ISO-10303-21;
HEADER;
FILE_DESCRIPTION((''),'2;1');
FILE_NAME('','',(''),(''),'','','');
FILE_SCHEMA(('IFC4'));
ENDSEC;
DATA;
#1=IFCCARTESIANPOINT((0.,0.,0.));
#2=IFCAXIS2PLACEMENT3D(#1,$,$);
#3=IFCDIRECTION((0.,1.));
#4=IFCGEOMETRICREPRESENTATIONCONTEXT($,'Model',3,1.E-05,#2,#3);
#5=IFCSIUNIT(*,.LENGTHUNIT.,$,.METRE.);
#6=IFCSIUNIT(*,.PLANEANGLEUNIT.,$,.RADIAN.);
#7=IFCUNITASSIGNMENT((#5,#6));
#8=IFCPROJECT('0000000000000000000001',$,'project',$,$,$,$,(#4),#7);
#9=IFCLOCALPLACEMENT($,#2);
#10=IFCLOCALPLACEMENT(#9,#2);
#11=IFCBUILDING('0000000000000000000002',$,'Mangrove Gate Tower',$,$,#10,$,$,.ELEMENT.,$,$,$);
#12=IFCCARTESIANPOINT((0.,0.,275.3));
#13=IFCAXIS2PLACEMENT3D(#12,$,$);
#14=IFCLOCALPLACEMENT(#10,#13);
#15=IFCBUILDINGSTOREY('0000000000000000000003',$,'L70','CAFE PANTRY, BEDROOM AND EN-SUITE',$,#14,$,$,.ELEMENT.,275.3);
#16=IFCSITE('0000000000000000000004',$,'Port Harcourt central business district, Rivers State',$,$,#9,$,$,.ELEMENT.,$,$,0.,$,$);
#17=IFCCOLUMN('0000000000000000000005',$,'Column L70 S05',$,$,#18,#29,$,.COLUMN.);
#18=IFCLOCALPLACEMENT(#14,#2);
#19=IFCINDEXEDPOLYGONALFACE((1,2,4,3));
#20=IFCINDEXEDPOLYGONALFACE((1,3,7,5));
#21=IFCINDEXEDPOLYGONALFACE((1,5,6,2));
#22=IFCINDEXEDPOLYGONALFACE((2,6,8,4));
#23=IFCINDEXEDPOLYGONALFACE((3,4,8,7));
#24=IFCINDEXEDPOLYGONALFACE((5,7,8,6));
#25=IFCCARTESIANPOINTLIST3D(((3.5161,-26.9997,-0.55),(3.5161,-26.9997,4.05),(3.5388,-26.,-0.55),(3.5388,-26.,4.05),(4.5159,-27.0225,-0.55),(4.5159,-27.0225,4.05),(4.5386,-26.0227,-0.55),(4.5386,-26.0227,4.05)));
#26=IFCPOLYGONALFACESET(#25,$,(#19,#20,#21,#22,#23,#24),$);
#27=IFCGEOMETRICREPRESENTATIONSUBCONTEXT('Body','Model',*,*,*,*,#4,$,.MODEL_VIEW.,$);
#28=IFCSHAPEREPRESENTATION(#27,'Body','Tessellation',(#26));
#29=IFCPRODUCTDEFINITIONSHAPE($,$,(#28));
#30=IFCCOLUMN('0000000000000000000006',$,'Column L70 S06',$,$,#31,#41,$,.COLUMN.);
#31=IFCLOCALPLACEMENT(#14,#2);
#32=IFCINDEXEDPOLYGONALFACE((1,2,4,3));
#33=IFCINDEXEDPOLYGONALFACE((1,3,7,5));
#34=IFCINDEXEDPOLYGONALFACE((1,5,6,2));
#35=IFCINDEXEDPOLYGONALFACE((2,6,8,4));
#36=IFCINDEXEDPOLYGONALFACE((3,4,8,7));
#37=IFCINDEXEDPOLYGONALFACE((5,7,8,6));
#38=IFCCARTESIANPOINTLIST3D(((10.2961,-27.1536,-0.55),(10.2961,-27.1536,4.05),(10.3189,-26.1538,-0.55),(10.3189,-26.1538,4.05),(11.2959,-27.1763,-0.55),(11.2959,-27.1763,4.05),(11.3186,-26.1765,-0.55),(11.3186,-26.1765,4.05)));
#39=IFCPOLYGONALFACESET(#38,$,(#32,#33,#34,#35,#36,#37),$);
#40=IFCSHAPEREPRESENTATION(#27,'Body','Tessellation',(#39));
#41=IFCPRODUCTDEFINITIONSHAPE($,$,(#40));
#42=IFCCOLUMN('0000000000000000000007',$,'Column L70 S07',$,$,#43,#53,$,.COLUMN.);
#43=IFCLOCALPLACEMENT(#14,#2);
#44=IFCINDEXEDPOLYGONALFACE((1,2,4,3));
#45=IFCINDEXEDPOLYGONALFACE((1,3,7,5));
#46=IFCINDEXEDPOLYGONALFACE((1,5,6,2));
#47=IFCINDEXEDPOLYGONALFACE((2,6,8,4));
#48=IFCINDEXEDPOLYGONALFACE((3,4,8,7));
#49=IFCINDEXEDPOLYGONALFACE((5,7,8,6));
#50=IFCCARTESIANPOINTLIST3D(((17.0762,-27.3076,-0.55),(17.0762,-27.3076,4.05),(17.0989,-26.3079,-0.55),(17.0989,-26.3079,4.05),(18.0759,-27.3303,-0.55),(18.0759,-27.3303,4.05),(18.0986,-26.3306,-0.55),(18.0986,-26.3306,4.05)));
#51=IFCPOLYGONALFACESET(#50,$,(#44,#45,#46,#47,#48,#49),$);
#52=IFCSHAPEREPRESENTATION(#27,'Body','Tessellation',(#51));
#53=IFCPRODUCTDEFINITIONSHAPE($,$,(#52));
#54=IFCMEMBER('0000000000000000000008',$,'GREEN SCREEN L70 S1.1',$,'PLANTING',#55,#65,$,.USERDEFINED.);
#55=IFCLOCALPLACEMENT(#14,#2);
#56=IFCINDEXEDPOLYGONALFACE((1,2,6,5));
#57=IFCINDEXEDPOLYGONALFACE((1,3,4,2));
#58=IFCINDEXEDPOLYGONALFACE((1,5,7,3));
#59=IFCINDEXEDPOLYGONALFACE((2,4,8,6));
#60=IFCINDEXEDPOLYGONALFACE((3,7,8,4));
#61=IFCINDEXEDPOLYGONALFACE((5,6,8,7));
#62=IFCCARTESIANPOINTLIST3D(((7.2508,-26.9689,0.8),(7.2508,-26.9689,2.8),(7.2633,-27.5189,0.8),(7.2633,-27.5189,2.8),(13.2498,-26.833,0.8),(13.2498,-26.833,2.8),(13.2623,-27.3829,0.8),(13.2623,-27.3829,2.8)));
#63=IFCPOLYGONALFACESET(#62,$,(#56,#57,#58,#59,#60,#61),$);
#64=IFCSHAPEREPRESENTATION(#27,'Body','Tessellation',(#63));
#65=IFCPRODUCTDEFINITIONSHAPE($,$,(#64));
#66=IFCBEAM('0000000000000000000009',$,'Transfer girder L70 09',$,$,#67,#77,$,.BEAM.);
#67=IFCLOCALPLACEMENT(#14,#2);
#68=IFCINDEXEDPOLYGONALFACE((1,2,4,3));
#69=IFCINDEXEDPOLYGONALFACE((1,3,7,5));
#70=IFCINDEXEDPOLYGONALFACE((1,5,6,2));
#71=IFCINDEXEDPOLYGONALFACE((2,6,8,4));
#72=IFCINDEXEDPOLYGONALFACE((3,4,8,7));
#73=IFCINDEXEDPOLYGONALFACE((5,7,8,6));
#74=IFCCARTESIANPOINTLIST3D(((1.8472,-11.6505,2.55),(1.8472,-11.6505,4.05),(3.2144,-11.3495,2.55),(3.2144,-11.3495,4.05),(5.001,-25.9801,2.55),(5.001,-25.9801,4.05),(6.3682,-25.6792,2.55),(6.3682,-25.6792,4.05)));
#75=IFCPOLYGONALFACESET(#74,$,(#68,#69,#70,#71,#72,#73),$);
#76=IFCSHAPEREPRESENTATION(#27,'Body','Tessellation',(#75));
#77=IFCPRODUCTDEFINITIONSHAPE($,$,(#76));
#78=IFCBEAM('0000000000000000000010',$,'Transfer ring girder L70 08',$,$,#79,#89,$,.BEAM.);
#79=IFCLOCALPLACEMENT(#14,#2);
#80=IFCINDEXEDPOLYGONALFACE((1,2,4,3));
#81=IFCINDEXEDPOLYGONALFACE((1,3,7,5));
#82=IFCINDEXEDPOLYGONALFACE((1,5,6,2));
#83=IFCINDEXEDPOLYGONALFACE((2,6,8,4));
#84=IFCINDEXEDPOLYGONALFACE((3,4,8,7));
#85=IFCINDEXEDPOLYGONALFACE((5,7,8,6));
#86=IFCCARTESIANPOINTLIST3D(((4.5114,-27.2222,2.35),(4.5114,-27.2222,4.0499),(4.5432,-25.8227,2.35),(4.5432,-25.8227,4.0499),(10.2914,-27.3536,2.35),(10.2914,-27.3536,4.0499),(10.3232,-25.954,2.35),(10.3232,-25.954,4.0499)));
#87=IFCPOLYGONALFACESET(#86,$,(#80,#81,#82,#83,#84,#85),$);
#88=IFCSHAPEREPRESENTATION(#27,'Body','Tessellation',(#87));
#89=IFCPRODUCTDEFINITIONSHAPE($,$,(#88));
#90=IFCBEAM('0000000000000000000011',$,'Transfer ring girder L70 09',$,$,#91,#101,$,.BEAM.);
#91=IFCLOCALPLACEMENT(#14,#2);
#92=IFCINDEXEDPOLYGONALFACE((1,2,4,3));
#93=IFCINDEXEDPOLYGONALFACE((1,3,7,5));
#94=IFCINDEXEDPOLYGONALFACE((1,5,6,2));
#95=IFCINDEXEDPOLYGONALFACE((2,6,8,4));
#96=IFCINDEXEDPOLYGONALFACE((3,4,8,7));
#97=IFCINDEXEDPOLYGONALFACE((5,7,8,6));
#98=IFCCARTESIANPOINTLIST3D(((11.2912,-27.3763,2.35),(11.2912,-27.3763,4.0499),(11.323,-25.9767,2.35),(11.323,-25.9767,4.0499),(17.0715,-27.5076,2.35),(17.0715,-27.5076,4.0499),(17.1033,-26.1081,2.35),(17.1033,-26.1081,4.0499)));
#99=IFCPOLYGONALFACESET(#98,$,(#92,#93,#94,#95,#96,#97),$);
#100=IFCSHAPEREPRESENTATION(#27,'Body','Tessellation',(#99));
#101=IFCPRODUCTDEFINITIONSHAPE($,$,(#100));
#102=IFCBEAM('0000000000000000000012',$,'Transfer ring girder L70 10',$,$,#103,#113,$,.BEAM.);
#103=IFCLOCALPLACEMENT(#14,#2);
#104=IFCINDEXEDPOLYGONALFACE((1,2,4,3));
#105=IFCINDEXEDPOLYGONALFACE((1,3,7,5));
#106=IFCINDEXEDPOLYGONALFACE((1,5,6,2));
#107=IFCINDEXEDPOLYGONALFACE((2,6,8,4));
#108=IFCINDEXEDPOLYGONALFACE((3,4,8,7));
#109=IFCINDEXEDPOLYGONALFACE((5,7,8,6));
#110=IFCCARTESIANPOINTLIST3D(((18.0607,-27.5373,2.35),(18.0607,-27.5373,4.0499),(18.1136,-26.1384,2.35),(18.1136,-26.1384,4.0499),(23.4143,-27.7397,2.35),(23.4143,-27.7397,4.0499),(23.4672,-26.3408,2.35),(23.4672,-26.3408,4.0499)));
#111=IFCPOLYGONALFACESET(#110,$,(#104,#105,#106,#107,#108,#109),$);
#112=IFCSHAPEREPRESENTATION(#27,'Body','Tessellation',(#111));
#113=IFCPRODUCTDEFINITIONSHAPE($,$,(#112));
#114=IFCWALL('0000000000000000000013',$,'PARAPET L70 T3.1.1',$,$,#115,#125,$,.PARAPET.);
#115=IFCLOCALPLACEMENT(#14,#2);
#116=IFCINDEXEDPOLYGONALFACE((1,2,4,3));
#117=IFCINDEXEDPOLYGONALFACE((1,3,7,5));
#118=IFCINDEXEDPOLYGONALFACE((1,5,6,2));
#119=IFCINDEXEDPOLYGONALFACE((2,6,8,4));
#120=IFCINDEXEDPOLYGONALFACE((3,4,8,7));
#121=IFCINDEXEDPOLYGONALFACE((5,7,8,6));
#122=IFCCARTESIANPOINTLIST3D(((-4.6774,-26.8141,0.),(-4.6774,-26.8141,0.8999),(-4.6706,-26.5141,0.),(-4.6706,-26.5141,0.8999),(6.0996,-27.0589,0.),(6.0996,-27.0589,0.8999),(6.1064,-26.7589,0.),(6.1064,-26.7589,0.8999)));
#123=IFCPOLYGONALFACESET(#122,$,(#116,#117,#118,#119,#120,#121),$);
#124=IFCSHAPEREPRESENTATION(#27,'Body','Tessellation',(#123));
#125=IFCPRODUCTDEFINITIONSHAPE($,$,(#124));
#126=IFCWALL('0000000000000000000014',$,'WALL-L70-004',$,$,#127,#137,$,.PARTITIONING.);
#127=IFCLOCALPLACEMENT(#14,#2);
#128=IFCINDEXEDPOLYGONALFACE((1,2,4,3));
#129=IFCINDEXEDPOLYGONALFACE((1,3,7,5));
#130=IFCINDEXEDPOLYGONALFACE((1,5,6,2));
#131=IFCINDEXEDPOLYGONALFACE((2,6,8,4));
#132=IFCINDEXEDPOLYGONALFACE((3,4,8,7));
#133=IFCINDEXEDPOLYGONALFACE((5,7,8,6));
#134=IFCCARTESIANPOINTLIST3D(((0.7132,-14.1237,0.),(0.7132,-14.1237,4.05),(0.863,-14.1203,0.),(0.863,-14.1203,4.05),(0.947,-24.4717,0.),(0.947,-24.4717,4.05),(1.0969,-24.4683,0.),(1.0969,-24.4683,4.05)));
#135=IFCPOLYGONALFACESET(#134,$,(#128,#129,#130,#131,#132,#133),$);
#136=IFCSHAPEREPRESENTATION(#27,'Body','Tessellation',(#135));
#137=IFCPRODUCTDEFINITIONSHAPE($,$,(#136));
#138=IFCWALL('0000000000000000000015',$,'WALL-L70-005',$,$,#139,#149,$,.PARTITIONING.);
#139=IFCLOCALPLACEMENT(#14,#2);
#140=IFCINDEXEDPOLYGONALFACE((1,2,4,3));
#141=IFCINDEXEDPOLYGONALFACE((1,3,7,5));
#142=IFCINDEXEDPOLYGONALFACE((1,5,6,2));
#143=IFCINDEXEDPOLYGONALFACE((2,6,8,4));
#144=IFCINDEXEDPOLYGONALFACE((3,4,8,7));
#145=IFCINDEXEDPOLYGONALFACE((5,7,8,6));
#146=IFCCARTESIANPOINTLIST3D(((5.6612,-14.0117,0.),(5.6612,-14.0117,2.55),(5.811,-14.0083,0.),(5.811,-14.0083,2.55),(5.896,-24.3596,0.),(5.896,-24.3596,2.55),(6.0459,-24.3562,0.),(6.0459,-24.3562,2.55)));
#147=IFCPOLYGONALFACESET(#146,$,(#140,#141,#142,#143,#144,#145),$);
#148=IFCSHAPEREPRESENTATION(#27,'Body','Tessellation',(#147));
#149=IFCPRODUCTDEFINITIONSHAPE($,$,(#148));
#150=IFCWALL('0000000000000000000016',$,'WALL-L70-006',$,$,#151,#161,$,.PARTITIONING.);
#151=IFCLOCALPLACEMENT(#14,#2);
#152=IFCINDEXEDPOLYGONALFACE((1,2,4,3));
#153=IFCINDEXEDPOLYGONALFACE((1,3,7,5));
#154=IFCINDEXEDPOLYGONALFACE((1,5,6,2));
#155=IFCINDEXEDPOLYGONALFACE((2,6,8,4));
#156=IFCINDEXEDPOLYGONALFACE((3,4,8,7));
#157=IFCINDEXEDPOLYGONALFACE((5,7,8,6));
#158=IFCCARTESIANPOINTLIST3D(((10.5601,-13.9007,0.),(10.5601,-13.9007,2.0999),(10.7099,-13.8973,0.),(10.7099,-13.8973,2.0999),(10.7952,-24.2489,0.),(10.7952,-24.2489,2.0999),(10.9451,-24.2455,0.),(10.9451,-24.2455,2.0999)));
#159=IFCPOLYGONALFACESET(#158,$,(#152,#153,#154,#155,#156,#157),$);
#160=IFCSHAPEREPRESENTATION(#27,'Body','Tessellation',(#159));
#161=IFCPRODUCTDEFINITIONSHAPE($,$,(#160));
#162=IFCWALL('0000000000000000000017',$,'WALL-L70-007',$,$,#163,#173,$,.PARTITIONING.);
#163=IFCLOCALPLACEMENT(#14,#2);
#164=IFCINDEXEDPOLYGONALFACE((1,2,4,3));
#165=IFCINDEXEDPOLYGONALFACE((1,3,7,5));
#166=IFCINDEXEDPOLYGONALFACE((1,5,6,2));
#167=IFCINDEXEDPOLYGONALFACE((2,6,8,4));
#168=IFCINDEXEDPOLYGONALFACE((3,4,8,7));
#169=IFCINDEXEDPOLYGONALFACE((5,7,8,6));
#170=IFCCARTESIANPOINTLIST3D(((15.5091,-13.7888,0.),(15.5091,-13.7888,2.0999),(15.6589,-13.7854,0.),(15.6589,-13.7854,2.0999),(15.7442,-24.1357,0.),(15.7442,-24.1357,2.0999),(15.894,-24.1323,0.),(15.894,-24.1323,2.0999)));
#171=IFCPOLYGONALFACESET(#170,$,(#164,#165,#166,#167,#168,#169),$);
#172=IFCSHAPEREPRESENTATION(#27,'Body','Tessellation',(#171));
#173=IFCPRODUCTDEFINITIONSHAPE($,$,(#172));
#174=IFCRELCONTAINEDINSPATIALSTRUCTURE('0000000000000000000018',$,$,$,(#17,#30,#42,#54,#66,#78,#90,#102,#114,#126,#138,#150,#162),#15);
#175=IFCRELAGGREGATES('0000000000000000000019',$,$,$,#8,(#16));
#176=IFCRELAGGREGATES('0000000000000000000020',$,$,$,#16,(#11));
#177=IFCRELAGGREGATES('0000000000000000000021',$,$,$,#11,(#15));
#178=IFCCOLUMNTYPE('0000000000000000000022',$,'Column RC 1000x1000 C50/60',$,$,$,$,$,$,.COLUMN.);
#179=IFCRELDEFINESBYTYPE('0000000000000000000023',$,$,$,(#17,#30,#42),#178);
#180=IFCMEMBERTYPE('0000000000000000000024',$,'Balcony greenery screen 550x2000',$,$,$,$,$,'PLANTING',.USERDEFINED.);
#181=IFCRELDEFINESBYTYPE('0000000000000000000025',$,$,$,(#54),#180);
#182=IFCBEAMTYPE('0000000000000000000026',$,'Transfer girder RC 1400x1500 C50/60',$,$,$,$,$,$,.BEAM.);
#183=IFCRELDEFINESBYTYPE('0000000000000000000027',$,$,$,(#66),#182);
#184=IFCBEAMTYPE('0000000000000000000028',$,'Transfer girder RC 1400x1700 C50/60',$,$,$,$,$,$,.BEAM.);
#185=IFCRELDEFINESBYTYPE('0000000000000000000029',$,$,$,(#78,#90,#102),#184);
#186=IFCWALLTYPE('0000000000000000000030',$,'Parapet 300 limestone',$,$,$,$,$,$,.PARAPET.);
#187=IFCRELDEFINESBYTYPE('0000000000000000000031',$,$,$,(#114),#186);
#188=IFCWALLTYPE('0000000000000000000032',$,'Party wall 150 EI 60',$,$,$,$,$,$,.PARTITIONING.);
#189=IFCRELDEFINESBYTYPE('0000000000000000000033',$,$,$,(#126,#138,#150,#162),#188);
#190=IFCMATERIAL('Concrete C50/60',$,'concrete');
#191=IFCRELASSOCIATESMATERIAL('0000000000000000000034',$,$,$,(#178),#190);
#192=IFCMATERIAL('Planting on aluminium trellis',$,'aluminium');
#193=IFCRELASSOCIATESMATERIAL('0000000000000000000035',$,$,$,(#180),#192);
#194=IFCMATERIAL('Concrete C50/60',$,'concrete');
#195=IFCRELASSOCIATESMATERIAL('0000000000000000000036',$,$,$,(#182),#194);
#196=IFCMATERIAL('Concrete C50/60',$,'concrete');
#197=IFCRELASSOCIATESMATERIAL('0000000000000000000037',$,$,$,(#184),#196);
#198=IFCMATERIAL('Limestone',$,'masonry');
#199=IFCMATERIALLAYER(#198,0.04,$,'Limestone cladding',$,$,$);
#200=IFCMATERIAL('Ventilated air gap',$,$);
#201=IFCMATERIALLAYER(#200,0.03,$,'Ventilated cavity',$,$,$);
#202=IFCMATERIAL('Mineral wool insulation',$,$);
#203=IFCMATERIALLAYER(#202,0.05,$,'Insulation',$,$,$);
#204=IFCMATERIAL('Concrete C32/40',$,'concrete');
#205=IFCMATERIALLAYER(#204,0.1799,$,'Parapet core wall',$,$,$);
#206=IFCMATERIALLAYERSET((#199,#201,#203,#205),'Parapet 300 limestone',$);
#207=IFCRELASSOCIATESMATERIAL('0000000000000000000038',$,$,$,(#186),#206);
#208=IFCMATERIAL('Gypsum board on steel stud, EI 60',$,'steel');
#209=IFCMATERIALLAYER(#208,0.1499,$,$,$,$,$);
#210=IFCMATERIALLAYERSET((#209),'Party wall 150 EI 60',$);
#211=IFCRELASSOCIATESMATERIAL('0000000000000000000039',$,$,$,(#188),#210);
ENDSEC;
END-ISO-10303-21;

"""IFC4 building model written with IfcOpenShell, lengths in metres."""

from ifc_helpers import new_model, si_unit, direction, frame, frame_2d, origin, origin_2d, place, context, subcontext, project, spatial, rectangle, extrude, material, layer, layer_set, material_profile, profile_set, type_object, element, save


model = new_model("IFC4")

# Units and contexts
model_context = context("Model", 3, precision=1e-05, world=origin(), true_north=direction((0.0, 1.0)))
body_context = subcontext(model_context, "Body", "Model", "MODEL_VIEW")
ifc_project = project(units=[si_unit("LENGTHUNIT", "METRE"), si_unit("PLANEANGLEUNIT", "RADIAN")], contexts=[model_context])

# Site, building, storey
site_placement = place(None, origin())
site = spatial("IfcSite", under=ifc_project, at=site_placement, Name="Port Harcourt central business district, Rivers State", CompositionType="ELEMENT", RefElevation=0.0)
building_placement = place(site_placement, origin())
building = spatial("IfcBuilding", under=site, at=building_placement, Name="Mangrove Gate Tower", CompositionType="ELEMENT")
storey_placement = place(building_placement, frame((0.0, 0.0, 275.3)))
storey = spatial("IfcBuildingStorey", under=building, at=storey_placement, Name="L70", Description="CAFE PANTRY, BEDROOM AND EN-SUITE", CompositionType="ELEMENT", Elevation=275.3)

# Columns
ifc_material_1 = material(Name="Concrete C50/60", Category="concrete")
ifc_material_profile_1 = material_profile(ifc_material_1, rectangle(XDim=1.0, YDim=1.0, at=origin_2d()))
ifc_profile_set_1 = profile_set([ifc_material_profile_1], Name="Concrete C50/60")
column_type = type_object("IfcColumnType", Name="Column RC 1000x1000 C50/60", PredefinedType="COLUMN", material=ifc_profile_set_1)
for number, where, z_axis, x_axis, name in (
    (1, (4.0273, -26.5112, -0.55), (0.0, 0.0, 1.0), (0.999742, -0.022708, 0.0), "Column L70 S05"),
    (2, (10.8074, -26.665, -0.55), (0.0, 0.0, 1.0), (0.999742, -0.022708, 0.0), "Column L70 S06"),
    (3, (17.5874, -26.8191, -0.55), (0.0, 0.0, 1.0), (0.999742, -0.022708, 0.0), "Column L70 S07"),
):
    element("IfcColumn", number, at=place(storey_placement, frame(where, z_axis=z_axis, x_axis=x_axis)), inside=storey, type_object=column_type, Name=name, PredefinedType="COLUMN", context=body_context, shape_type="SweptSolid", body=[
        extrude(rectangle(XDim=1.0, YDim=1.0, at=origin_2d()), origin(), (0.0, 0.0, 1.0), 4.6001),
    ])

# Member
ifc_material_2 = material(Name="Planting on aluminium trellis", Category="aluminium")
ifc_material_profile_2 = material_profile(ifc_material_2, rectangle(XDim=0.55, YDim=2.0, at=origin_2d()))
ifc_profile_set_2 = profile_set([ifc_material_profile_2], Name="Planting on aluminium trellis")
member_type = type_object("IfcMemberType", Name="Balcony greenery screen 550x2000", ElementType="PLANTING", PredefinedType="USERDEFINED", material=ifc_profile_set_2)
member_placement = place(storey_placement, frame((7.2571, -27.2439, 1.8), z_axis=(0.999743, 0.022662, 0.0), x_axis=(-0.022662, 0.999743, 0.0)))
element("IfcMember", 4, at=member_placement, inside=storey, type_object=member_type, Name="GREEN SCREEN L70 S1.1", ObjectType="PLANTING", PredefinedType="USERDEFINED", context=body_context, shape_type="SweptSolid", body=[
    extrude(rectangle(XDim=0.55, YDim=2.0, at=origin_2d()), origin(), (0.0, 0.0, 1.0), 6.0005),
])

# Beams
ifc_material_3 = material(Name="Concrete C50/60", Category="concrete")
ifc_material_profile_3 = material_profile(ifc_material_3, rectangle(XDim=1.3999, YDim=1.5, at=origin_2d()))
ifc_profile_set_3 = profile_set([ifc_material_profile_3], Name="Concrete C50/60")
beam_type_1 = type_object("IfcBeamType", Name="Transfer girder RC 1400x1500 C50/60", PredefinedType="BEAM", material=ifc_profile_set_3)
beam_1_placement = place(storey_placement, frame((2.5308, -11.5, 3.3), z_axis=(0.214946, -0.976626, 0.0), x_axis=(0.976626, 0.214946, 0.0)))
element("IfcBeam", 5, at=beam_1_placement, inside=storey, type_object=beam_type_1, Name="Transfer girder L70 09", PredefinedType="BEAM", context=body_context, shape_type="SweptSolid", body=[
    extrude(rectangle(XDim=1.3999, YDim=1.5, at=origin_2d()), origin(), (0.0, 0.0, 1.0), 14.6726),
])
ifc_material_4 = material(Name="Concrete C50/60", Category="concrete")
ifc_material_profile_4 = material_profile(ifc_material_4, rectangle(XDim=1.3999, YDim=1.7, at=origin_2d()))
ifc_profile_set_4 = profile_set([ifc_material_profile_4], Name="Concrete C50/60")
beam_type_2 = type_object("IfcBeamType", Name="Transfer girder RC 1400x1700 C50/60", PredefinedType="BEAM", material=ifc_profile_set_4)
beam_2_placement = place(storey_placement, frame((4.5273, -26.5225, 3.2), z_axis=(0.999742, -0.022719, 0.0), x_axis=(0.022719, 0.999742, 0.0)))
element("IfcBeam", 6, at=beam_2_placement, inside=storey, type_object=beam_type_2, Name="Transfer ring girder L70 08", PredefinedType="BEAM", context=body_context, shape_type="SweptSolid", body=[
    extrude(rectangle(XDim=1.3999, YDim=1.7, at=origin_2d()), origin(), (0.0, 0.0, 1.0), 5.7815),
])
beam_3_placement = place(storey_placement, frame((11.3071, -26.6765, 3.2), z_axis=(0.999742, -0.022718, 0.0), x_axis=(0.022718, 0.999742, 0.0)))
element("IfcBeam", 7, at=beam_3_placement, inside=storey, type_object=beam_type_2, Name="Transfer ring girder L70 09", PredefinedType="BEAM", context=body_context, shape_type="SweptSolid", body=[
    extrude(rectangle(XDim=1.3999, YDim=1.7, at=origin_2d()), origin(), (0.0, 0.0, 1.0), 5.7817),
])
beam_4_placement = place(storey_placement, frame((18.0872, -26.8379, 3.2), z_axis=(0.999286, -0.037779, 0.0), x_axis=(0.037779, 0.999286, 0.0)))
element("IfcBeam", 8, at=beam_4_placement, inside=storey, type_object=beam_type_2, Name="Transfer ring girder L70 10", PredefinedType="BEAM", context=body_context, shape_type="SweptSolid", body=[
    extrude(rectangle(XDim=1.3999, YDim=1.7, at=origin_2d()), origin(), (0.0, 0.0, 1.0), 5.3574),
])

# Walls
ifc_material_5 = material(Name="Limestone", Category="masonry")
ifc_layer_1 = layer(ifc_material_5, 0.04, Name="Limestone cladding")
ifc_material_6 = material(Name="Ventilated air gap")
ifc_layer_2 = layer(ifc_material_6, 0.03, Name="Ventilated cavity")
ifc_material_7 = material(Name="Mineral wool insulation")
ifc_layer_3 = layer(ifc_material_7, 0.05, Name="Insulation")
ifc_material_8 = material(Name="Concrete C32/40", Category="concrete")
ifc_layer_4 = layer(ifc_material_8, 0.1799, Name="Parapet core wall")
ifc_layer_set_1 = layer_set([ifc_layer_1, ifc_layer_2, ifc_layer_3, ifc_layer_4], Name="Parapet 300 limestone")
wall_type_1 = type_object("IfcWallType", Name="Parapet 300 limestone", PredefinedType="PARAPET", material=ifc_layer_set_1)
wall_1_placement = place(storey_placement, frame((6.103, -26.9089, 0.0), z_axis=(0.0, 0.0, 1.0), x_axis=(-0.999742, 0.022716, 0.0)))
element("IfcWall", 9, at=wall_1_placement, inside=storey, type_object=wall_type_1, Name="PARAPET L70 T3.1.1", PredefinedType="PARAPET", context=body_context, shape_type="SweptSolid", body=[
    extrude(rectangle(XDim=10.7798, YDim=0.3, at=frame_2d((5.3899, 0.0))), origin(), (0.0, 0.0, 1.0), 0.8999),
])
ifc_material_9 = material(Name="Gypsum board on steel stud, EI 60", Category="steel")
ifc_layer_5 = layer(ifc_material_9, 0.1499)
ifc_layer_set_2 = layer_set([ifc_layer_5], Name="Party wall 150 EI 60")
wall_type_2 = type_object("IfcWallType", Name="Party wall 150 EI 60", PredefinedType="PARTITIONING", material=ifc_layer_set_2)
wall_2_placement = place(storey_placement, frame((1.022, -24.47, 0.0), z_axis=(0.0, 0.0, 1.0), x_axis=(-0.022597, 0.999745, 0.0)))
element("IfcWall", 10, at=wall_2_placement, inside=storey, type_object=wall_type_2, Name="WALL-L70-004", PredefinedType="PARTITIONING", context=body_context, shape_type="SweptSolid", body=[
    extrude(rectangle(XDim=10.3506, YDim=0.1499, at=frame_2d((5.1753, 0.0))), origin(), (0.0, 0.0, 1.0), 4.05),
])
wall_3_placement = place(storey_placement, frame((5.9709, -24.3579, 0.0), z_axis=(0.0, 0.0, 1.0), x_axis=(-0.022691, 0.999743, 0.0)))
element("IfcWall", 11, at=wall_3_placement, inside=storey, type_object=wall_type_2, Name="WALL-L70-005", PredefinedType="PARTITIONING", context=body_context, shape_type="SweptSolid", body=[
    extrude(rectangle(XDim=10.3506, YDim=0.1499, at=frame_2d((5.1753, 0.0))), origin(), (0.0, 0.0, 1.0), 2.55),
])
wall_4_placement = place(storey_placement, frame((10.8701, -24.2471, 0.0), z_axis=(0.0, 0.0, 1.0), x_axis=(-0.022714, 0.999742, 0.0)))
element("IfcWall", 12, at=wall_4_placement, inside=storey, type_object=wall_type_2, Name="WALL-L70-006", PredefinedType="PARTITIONING", context=body_context, shape_type="SweptSolid", body=[
    extrude(rectangle(XDim=10.3508, YDim=0.1499, at=frame_2d((5.1753, 0.0))), origin(), (0.0, 0.0, 1.0), 2.0999),
])
wall_5_placement = place(storey_placement, frame((15.8191, -24.134, 0.0), z_axis=(0.0, 0.0, 1.0), x_axis=(-0.022717, 0.999742, 0.0)))
element("IfcWall", 13, at=wall_5_placement, inside=storey, type_object=wall_type_2, Name="WALL-L70-007", PredefinedType="PARTITIONING", context=body_context, shape_type="SweptSolid", body=[
    extrude(rectangle(XDim=10.3496, YDim=0.1499, at=frame_2d((5.1748, 0.0))), origin(), (0.0, 0.0, 1.0), 2.0999),
])

save(model, "model.ifc")
